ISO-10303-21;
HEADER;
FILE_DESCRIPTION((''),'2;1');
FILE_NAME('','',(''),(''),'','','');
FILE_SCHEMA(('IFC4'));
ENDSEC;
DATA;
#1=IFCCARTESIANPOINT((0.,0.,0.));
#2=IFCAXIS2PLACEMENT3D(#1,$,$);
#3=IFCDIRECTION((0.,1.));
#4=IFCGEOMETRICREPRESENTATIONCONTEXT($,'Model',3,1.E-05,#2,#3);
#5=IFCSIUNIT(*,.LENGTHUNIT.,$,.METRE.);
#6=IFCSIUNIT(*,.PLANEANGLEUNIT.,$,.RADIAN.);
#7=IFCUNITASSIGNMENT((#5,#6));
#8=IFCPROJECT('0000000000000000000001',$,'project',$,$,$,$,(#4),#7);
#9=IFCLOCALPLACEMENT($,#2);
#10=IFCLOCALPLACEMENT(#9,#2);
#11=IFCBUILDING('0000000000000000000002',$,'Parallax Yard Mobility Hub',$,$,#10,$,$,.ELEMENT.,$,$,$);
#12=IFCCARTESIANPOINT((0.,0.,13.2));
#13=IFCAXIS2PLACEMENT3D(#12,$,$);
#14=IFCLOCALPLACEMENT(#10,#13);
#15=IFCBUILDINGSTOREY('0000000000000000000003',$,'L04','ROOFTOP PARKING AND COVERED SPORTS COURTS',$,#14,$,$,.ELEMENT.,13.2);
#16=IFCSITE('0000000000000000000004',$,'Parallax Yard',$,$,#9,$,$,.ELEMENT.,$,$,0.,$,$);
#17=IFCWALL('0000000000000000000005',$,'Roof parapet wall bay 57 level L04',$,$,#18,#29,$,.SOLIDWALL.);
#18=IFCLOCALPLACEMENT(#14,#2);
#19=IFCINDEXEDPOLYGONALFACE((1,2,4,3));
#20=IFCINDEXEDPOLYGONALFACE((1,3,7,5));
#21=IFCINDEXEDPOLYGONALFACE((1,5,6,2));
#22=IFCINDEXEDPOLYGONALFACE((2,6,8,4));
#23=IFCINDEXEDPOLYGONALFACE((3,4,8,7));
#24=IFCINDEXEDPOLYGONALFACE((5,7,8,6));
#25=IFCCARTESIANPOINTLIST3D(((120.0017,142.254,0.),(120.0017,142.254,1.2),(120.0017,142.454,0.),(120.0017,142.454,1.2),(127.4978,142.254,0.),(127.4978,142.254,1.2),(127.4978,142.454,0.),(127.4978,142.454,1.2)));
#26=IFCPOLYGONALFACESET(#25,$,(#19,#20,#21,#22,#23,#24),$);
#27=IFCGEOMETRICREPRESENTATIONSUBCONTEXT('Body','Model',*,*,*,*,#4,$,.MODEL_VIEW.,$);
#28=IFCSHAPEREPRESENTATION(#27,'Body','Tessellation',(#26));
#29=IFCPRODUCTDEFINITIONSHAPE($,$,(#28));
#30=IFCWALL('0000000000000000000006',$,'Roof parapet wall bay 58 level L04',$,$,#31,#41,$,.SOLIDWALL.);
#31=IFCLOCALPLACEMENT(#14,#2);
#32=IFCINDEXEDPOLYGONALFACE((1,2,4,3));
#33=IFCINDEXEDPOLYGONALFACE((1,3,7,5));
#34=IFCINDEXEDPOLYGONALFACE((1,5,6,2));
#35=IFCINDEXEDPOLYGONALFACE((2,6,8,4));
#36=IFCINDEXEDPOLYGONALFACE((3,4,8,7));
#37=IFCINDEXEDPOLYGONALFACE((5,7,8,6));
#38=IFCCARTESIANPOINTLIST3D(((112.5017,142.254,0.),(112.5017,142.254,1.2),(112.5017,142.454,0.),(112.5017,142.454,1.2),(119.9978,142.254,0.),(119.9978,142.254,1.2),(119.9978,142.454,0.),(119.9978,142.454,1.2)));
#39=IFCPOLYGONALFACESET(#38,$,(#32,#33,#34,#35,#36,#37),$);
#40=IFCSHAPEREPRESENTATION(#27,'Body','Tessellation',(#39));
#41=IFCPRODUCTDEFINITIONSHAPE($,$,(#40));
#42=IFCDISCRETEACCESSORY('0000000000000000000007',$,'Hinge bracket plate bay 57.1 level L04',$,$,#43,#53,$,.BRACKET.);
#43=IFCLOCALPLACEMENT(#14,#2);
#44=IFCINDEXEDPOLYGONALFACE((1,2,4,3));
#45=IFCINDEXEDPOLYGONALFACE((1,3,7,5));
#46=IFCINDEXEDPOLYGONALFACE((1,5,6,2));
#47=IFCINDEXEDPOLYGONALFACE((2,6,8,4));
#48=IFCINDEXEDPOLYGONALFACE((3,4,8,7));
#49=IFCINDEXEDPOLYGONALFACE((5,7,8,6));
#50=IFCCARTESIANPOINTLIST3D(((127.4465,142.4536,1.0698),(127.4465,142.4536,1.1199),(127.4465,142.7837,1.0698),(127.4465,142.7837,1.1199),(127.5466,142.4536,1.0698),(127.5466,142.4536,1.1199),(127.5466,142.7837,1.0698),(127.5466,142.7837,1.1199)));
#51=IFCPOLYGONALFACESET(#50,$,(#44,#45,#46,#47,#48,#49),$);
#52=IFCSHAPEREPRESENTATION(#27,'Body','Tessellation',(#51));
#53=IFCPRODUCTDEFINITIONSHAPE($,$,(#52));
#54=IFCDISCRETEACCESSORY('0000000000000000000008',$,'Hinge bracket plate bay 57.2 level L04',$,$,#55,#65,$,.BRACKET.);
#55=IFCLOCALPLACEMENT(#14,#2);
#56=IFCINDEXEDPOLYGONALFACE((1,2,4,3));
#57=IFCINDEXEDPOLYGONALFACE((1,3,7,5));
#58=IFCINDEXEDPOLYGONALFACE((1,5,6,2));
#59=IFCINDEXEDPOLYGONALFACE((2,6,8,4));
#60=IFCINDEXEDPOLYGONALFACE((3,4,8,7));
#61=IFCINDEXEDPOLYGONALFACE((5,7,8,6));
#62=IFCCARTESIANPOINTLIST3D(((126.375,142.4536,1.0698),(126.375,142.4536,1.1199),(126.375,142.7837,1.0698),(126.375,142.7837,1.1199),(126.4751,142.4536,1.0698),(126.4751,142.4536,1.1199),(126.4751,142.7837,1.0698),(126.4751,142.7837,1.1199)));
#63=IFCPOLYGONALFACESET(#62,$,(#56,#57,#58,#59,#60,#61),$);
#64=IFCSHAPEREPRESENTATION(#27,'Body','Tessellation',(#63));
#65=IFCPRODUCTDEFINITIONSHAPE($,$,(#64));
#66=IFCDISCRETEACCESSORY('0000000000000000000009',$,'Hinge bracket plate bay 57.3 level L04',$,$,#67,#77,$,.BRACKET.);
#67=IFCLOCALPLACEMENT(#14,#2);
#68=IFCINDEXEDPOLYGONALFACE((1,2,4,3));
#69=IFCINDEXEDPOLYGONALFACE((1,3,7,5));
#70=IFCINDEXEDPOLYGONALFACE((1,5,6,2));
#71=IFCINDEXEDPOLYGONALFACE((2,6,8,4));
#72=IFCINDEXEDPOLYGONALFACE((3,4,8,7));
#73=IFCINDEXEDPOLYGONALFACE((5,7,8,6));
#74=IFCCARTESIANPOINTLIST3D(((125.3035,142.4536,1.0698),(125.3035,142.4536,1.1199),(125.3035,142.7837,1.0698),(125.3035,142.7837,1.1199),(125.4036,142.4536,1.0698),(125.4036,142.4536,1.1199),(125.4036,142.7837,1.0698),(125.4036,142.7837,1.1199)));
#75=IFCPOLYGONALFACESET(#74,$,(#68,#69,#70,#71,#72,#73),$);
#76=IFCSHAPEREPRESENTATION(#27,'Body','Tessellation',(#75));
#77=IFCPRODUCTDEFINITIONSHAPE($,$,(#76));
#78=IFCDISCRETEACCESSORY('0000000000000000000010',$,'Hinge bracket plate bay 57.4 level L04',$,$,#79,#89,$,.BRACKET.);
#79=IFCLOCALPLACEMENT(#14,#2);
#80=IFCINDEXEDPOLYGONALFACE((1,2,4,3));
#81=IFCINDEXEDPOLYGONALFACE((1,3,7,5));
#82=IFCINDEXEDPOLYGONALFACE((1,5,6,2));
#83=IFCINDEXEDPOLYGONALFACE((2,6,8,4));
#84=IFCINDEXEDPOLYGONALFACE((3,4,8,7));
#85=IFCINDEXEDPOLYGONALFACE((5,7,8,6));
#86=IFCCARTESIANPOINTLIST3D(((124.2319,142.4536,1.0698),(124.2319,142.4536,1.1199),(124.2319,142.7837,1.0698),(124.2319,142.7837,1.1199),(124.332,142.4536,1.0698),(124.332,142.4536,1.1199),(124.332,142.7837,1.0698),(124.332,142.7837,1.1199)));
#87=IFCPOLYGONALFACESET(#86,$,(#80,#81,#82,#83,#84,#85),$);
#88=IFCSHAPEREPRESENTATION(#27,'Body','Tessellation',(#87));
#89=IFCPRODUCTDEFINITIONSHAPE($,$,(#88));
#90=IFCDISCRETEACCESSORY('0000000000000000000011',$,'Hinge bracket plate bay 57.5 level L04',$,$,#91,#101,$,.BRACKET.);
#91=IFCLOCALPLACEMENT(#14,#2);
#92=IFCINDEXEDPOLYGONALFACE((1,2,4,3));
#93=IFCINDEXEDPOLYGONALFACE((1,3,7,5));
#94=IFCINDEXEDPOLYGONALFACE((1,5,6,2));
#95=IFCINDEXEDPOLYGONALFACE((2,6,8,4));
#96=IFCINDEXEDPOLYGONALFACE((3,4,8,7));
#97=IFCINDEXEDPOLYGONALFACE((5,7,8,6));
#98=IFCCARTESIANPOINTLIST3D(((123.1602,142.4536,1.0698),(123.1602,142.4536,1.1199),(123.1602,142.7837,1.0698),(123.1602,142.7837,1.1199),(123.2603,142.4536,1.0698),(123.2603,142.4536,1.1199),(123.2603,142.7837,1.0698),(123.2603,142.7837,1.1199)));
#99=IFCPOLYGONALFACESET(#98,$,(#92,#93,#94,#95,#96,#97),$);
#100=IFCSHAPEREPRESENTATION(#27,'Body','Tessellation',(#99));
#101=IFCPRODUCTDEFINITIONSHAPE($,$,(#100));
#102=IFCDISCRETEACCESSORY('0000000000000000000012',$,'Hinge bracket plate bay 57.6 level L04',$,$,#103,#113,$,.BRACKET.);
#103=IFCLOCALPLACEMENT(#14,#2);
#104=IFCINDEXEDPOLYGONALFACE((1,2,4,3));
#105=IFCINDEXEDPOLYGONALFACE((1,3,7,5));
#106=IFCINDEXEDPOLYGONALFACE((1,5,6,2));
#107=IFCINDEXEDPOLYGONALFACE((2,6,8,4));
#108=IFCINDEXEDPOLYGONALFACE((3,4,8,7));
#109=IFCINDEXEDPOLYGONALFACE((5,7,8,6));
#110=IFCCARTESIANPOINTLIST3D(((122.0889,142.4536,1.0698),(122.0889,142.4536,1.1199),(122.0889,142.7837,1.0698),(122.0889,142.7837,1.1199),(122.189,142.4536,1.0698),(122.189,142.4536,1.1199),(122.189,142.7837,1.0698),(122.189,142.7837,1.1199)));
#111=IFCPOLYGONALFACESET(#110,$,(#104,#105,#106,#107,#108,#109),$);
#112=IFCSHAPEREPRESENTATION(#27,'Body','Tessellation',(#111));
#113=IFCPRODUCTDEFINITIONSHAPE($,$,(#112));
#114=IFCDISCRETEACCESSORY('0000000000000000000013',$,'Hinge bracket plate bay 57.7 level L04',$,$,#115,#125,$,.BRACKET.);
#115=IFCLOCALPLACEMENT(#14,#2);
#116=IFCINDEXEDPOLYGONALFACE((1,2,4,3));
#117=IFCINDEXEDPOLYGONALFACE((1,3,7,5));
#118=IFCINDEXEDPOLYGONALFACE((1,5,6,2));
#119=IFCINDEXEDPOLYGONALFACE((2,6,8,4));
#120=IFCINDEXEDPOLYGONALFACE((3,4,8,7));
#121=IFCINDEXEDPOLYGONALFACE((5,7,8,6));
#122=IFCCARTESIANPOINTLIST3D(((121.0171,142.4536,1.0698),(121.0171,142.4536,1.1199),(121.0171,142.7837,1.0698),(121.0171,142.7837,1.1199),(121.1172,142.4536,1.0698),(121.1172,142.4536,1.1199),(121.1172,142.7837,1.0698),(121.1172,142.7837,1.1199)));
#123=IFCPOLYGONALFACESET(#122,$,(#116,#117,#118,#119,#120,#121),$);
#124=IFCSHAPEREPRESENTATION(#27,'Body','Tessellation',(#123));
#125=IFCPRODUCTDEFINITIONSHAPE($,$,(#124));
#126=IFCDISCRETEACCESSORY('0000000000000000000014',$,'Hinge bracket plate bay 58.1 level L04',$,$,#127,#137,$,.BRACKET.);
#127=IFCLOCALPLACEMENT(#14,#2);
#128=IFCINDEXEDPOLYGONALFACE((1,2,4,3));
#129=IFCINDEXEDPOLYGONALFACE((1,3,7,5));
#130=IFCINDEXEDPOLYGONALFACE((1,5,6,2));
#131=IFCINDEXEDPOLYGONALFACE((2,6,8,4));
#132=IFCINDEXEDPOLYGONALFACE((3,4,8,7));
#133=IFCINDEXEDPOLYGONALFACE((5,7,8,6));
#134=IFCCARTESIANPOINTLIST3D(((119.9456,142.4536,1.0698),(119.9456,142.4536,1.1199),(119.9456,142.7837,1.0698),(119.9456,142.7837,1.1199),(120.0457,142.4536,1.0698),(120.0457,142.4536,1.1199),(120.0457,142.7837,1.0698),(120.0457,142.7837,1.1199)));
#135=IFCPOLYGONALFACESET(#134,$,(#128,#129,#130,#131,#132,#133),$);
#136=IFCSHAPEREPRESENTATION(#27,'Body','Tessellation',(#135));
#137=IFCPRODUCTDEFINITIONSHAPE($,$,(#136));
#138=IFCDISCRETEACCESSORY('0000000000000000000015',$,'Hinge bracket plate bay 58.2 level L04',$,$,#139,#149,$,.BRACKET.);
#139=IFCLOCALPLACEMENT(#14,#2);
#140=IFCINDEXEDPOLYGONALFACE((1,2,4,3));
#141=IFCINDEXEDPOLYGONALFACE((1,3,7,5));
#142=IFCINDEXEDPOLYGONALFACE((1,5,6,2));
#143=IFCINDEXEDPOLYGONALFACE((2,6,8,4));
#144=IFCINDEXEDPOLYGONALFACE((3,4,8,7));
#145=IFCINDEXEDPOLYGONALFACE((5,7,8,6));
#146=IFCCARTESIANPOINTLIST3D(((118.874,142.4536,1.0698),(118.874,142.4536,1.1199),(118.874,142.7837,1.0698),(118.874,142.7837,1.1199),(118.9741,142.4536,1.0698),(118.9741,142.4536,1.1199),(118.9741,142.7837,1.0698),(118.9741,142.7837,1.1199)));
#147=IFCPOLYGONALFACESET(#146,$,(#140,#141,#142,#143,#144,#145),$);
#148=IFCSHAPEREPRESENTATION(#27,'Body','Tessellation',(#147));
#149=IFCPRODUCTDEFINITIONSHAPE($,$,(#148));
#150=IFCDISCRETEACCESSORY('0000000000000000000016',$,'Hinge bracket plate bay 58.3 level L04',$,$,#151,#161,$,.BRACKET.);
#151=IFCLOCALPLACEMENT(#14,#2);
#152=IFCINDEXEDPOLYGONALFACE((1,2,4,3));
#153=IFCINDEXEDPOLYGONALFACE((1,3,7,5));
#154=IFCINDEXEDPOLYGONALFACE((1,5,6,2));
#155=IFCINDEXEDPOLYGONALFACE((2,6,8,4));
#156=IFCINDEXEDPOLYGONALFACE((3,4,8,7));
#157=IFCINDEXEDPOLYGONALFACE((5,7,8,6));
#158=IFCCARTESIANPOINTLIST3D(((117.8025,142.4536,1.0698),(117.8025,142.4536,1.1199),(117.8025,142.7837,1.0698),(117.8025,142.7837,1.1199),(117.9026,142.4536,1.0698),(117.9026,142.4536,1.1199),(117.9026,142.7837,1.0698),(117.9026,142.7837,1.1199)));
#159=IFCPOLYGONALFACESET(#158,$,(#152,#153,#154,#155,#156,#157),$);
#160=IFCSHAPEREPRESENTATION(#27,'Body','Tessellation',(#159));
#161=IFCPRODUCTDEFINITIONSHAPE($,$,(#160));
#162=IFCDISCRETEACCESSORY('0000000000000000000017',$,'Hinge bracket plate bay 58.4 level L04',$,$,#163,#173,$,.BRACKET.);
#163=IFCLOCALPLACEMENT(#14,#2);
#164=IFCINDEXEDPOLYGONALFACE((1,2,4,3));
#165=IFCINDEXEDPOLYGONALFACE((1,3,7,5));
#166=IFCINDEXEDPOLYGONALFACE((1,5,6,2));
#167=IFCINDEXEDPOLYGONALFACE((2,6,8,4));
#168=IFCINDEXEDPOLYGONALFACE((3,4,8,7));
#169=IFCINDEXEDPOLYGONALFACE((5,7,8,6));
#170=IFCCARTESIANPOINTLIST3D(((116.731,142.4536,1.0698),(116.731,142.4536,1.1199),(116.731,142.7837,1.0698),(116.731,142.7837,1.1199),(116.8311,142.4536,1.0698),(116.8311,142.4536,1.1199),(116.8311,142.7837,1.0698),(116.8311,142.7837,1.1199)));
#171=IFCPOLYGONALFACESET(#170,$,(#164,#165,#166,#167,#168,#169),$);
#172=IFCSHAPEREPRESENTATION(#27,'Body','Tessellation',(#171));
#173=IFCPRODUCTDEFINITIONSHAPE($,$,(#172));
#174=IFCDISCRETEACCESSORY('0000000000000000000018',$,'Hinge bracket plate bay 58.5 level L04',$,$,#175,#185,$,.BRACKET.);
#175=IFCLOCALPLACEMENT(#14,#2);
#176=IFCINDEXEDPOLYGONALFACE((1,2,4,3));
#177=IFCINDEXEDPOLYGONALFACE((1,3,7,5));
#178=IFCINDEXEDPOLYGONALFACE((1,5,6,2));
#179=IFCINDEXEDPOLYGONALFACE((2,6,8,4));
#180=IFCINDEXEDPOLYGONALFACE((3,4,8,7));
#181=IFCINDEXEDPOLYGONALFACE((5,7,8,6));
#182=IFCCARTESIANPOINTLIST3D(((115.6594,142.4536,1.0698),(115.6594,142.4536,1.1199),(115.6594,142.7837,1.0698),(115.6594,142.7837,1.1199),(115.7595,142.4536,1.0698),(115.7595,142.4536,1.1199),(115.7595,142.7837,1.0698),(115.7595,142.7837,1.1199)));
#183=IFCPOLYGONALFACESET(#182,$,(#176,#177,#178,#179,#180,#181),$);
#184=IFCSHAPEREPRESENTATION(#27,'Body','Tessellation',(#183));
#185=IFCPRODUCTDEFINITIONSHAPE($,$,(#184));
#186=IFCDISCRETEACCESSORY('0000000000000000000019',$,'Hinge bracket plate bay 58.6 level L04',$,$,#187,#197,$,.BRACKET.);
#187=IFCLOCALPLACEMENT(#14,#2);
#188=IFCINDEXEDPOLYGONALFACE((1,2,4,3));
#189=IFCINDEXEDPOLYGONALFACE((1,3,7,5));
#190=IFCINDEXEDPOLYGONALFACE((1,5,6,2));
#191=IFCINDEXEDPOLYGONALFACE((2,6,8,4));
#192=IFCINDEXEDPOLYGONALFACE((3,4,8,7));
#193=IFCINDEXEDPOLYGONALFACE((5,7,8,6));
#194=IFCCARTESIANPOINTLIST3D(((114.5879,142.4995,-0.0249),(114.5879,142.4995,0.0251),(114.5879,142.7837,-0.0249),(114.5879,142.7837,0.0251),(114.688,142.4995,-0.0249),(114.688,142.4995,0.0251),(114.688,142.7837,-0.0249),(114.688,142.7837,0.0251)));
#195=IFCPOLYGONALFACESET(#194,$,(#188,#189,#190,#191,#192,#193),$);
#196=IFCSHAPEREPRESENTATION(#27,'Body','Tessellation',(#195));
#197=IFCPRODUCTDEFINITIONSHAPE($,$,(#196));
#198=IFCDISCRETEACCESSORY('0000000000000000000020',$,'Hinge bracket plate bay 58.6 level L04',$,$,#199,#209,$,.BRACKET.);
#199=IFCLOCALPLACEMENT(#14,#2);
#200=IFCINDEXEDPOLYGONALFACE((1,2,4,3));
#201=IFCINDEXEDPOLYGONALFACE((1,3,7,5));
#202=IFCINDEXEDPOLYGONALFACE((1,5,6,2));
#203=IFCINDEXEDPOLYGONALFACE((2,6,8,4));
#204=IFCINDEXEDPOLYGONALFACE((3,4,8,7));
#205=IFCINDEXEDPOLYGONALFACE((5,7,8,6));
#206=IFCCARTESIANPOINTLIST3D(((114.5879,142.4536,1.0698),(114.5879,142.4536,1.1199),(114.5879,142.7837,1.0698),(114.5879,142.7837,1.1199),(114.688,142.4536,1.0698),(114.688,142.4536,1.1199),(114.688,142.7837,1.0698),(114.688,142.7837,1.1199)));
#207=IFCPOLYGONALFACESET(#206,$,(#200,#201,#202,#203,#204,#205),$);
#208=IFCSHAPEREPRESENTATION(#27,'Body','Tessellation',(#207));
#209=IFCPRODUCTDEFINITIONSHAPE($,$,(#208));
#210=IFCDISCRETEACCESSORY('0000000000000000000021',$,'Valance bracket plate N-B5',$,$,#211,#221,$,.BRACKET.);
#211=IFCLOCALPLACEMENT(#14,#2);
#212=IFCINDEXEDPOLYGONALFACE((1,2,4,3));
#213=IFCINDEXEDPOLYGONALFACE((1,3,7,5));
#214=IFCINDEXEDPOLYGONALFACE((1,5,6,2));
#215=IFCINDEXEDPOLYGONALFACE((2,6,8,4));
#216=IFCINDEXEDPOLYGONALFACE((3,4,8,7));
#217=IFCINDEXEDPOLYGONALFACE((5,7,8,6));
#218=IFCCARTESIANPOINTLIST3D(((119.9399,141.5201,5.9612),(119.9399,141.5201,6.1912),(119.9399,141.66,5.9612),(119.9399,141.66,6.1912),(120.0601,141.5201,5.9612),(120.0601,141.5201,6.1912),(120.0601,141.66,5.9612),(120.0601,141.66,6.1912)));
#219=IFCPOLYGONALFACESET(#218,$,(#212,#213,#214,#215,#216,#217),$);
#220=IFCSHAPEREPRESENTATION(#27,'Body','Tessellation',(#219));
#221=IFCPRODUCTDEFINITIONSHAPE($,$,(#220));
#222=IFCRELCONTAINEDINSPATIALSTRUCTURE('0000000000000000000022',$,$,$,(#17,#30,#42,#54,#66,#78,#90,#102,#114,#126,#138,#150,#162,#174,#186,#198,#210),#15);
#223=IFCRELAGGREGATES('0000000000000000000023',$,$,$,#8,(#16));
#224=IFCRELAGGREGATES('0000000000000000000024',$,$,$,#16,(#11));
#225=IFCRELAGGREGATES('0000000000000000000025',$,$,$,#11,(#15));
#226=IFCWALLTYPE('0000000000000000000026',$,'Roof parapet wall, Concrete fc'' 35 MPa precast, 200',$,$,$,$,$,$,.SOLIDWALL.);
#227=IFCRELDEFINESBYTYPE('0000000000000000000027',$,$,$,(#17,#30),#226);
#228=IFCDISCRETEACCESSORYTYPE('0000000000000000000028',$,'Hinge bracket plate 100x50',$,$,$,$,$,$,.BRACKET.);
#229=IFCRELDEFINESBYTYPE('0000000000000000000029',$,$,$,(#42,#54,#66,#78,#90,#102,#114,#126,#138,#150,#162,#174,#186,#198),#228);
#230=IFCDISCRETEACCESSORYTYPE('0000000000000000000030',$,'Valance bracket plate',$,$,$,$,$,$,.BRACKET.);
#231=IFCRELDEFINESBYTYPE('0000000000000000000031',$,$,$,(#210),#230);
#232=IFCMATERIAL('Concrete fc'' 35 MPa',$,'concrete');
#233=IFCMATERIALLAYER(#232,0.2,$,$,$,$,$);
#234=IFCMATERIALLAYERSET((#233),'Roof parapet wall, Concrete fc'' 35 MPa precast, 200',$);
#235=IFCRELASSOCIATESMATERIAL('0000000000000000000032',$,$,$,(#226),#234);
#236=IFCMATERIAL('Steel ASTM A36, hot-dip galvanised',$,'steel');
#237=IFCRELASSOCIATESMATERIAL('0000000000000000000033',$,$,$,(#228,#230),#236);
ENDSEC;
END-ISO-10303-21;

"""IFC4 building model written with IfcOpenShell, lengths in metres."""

from ifc_helpers import new_model, si_unit, direction, frame, frame_2d, origin, origin_2d, place, context, subcontext, project, spatial, rectangle, extrude, material, layer, layer_set, type_object, element, save


model = new_model("IFC4")

# Units and contexts
model_context = context("Model", 3, precision=1e-05, world=origin(), true_north=direction((0.0, 1.0)))
body_context = subcontext(model_context, "Body", "Model", "MODEL_VIEW")
ifc_project = project(units=[si_unit("LENGTHUNIT", "METRE"), si_unit("PLANEANGLEUNIT", "RADIAN")], contexts=[model_context])

# Site, building, storey
site_placement = place(None, origin())
site = spatial("IfcSite", under=ifc_project, at=site_placement, Name="Parallax Yard", CompositionType="ELEMENT", RefElevation=0.0)
building_placement = place(site_placement, origin())
building = spatial("IfcBuilding", under=site, at=building_placement, Name="Parallax Yard Mobility Hub", CompositionType="ELEMENT")
storey_placement = place(building_placement, frame((0.0, 0.0, 13.2)))
storey = spatial("IfcBuildingStorey", under=building, at=storey_placement, Name="L04", Description="ROOFTOP PARKING AND COVERED SPORTS COURTS", CompositionType="ELEMENT", Elevation=13.2)

# Walls
ifc_material_1 = material(Name="Concrete fc' 35 MPa", Category="concrete")
ifc_layer = layer(ifc_material_1, 0.2)
ifc_layer_set = layer_set([ifc_layer], Name="Roof parapet wall, Concrete fc' 35 MPa precast, 200")
wall_type = type_object("IfcWallType", Name="Roof parapet wall, Concrete fc' 35 MPa precast, 200", PredefinedType="SOLIDWALL", material=ifc_layer_set)
for number, where, z_axis, x_axis, name in (
    (1, (127.4978, 142.354, 0.0), (0.0, 0.0, 1.0), (-1.0, 0.0, 0.0), "Roof parapet wall bay 57 level L04"),
    (2, (119.9978, 142.354, 0.0), (0.0, 0.0, 1.0), (-1.0, 0.0, 0.0), "Roof parapet wall bay 58 level L04"),
):
    element("IfcWall", number, at=place(storey_placement, frame(where, z_axis=z_axis, x_axis=x_axis)), inside=storey, type_object=wall_type, Name=name, PredefinedType="SOLIDWALL", context=body_context, shape_type="SweptSolid", body=[
        extrude(rectangle(XDim=7.4961, YDim=0.2, at=frame_2d((3.748, 0.0))), origin(), (0.0, 0.0, 1.0), 1.2),
    ])

# Discrete accessories
ifc_material_2 = material(Name="Steel ASTM A36, hot-dip galvanised", Category="steel")
discrete_accessory_type_1 = type_object("IfcDiscreteAccessoryType", Name="Hinge bracket plate 100x50", PredefinedType="BRACKET", material=ifc_material_2)
for number, where, z_axis, x_axis, name in (
    (3, (127.4966, 142.6187, 1.0698), (0.0, 0.0, 1.0), (0.0, 1.0, 0.0), "Hinge bracket plate bay 57.1 level L04"),
    (4, (126.425, 142.6187, 1.0698), (0.0, 0.0, 1.0), (0.0, 1.0, 0.0), "Hinge bracket plate bay 57.2 level L04"),
    (5, (125.3535, 142.6187, 1.0698), (0.0, 0.0, 1.0), (0.0, 1.0, 0.0), "Hinge bracket plate bay 57.3 level L04"),
    (6, (124.282, 142.6187, 1.0698), (0.0, 0.0, 1.0), (0.0, 1.0, 0.0), "Hinge bracket plate bay 57.4 level L04"),
    (7, (123.2102, 142.6187, 1.0698), (0.0, 0.0, 1.0), (0.0, 1.0, 0.0), "Hinge bracket plate bay 57.5 level L04"),
    (8, (122.1389, 142.6187, 1.0698), (0.0, 0.0, 1.0), (0.0, 1.0, 0.0), "Hinge bracket plate bay 57.6 level L04"),
    (9, (121.0671, 142.6187, 1.0698), (0.0, 0.0, 1.0), (0.0, 1.0, 0.0), "Hinge bracket plate bay 57.7 level L04"),
    (10, (119.9956, 142.6187, 1.0698), (0.0, 0.0, 1.0), (0.0, 1.0, 0.0), "Hinge bracket plate bay 58.1 level L04"),
    (11, (118.9241, 142.6187, 1.0698), (0.0, 0.0, 1.0), (0.0, 1.0, 0.0), "Hinge bracket plate bay 58.2 level L04"),
    (12, (117.8525, 142.6187, 1.0698), (0.0, 0.0, 1.0), (0.0, 1.0, 0.0), "Hinge bracket plate bay 58.3 level L04"),
    (13, (116.781, 142.6187, 1.0698), (0.0, 0.0, 1.0), (0.0, 1.0, 0.0), "Hinge bracket plate bay 58.4 level L04"),
    (14, (115.7095, 142.6187, 1.0698), (0.0, 0.0, 1.0), (0.0, 1.0, 0.0), "Hinge bracket plate bay 58.5 level L04"),
):
    element("IfcDiscreteAccessory", number, at=place(storey_placement, frame(where, z_axis=z_axis, x_axis=x_axis)), inside=storey, type_object=discrete_accessory_type_1, Name=name, PredefinedType="BRACKET", context=body_context, shape_type="SweptSolid", body=[
        extrude(rectangle(XDim=0.3301, YDim=0.1001, at=origin_2d()), origin(), (0.0, 0.0, 1.0), 0.05),
    ])
discrete_accessory_1_placement = place(storey_placement, frame((114.6379, 142.6416, -0.0249), z_axis=(0.0, 0.0, 1.0), x_axis=(0.0, 1.0, 0.0)))
element("IfcDiscreteAccessory", 15, at=discrete_accessory_1_placement, inside=storey, type_object=discrete_accessory_type_1, Name="Hinge bracket plate bay 58.6 level L04", PredefinedType="BRACKET", context=body_context, shape_type="SweptSolid", body=[
    extrude(rectangle(XDim=0.2842, YDim=0.1001, at=origin_2d()), origin(), (0.0, 0.0, 1.0), 0.05),
])
discrete_accessory_2_placement = place(storey_placement, frame((114.6379, 142.6187, 1.0698), z_axis=(0.0, 0.0, 1.0), x_axis=(0.0, 1.0, 0.0)))
element("IfcDiscreteAccessory", 16, at=discrete_accessory_2_placement, inside=storey, type_object=discrete_accessory_type_1, Name="Hinge bracket plate bay 58.6 level L04", PredefinedType="BRACKET", context=body_context, shape_type="SweptSolid", body=[
    extrude(rectangle(XDim=0.3301, YDim=0.1001, at=origin_2d()), origin(), (0.0, 0.0, 1.0), 0.05),
])
discrete_accessory_type_2 = type_object("IfcDiscreteAccessoryType", Name="Valance bracket plate", PredefinedType="BRACKET", material=ifc_material_2)
discrete_accessory_3_placement = place(storey_placement, frame((120.0, 141.5901, 5.9612), z_axis=(0.0, 0.0, 1.0), x_axis=(0.0, 1.0, 0.0)))
element("IfcDiscreteAccessory", 17, at=discrete_accessory_3_placement, inside=storey, type_object=discrete_accessory_type_2, Name="Valance bracket plate N-B5", PredefinedType="BRACKET", context=body_context, shape_type="SweptSolid", body=[
    extrude(rectangle(XDim=0.1399, YDim=0.1201, at=origin_2d()), origin(), (0.0, 0.0, 1.0), 0.23),
])

save(model, "model.ifc")
